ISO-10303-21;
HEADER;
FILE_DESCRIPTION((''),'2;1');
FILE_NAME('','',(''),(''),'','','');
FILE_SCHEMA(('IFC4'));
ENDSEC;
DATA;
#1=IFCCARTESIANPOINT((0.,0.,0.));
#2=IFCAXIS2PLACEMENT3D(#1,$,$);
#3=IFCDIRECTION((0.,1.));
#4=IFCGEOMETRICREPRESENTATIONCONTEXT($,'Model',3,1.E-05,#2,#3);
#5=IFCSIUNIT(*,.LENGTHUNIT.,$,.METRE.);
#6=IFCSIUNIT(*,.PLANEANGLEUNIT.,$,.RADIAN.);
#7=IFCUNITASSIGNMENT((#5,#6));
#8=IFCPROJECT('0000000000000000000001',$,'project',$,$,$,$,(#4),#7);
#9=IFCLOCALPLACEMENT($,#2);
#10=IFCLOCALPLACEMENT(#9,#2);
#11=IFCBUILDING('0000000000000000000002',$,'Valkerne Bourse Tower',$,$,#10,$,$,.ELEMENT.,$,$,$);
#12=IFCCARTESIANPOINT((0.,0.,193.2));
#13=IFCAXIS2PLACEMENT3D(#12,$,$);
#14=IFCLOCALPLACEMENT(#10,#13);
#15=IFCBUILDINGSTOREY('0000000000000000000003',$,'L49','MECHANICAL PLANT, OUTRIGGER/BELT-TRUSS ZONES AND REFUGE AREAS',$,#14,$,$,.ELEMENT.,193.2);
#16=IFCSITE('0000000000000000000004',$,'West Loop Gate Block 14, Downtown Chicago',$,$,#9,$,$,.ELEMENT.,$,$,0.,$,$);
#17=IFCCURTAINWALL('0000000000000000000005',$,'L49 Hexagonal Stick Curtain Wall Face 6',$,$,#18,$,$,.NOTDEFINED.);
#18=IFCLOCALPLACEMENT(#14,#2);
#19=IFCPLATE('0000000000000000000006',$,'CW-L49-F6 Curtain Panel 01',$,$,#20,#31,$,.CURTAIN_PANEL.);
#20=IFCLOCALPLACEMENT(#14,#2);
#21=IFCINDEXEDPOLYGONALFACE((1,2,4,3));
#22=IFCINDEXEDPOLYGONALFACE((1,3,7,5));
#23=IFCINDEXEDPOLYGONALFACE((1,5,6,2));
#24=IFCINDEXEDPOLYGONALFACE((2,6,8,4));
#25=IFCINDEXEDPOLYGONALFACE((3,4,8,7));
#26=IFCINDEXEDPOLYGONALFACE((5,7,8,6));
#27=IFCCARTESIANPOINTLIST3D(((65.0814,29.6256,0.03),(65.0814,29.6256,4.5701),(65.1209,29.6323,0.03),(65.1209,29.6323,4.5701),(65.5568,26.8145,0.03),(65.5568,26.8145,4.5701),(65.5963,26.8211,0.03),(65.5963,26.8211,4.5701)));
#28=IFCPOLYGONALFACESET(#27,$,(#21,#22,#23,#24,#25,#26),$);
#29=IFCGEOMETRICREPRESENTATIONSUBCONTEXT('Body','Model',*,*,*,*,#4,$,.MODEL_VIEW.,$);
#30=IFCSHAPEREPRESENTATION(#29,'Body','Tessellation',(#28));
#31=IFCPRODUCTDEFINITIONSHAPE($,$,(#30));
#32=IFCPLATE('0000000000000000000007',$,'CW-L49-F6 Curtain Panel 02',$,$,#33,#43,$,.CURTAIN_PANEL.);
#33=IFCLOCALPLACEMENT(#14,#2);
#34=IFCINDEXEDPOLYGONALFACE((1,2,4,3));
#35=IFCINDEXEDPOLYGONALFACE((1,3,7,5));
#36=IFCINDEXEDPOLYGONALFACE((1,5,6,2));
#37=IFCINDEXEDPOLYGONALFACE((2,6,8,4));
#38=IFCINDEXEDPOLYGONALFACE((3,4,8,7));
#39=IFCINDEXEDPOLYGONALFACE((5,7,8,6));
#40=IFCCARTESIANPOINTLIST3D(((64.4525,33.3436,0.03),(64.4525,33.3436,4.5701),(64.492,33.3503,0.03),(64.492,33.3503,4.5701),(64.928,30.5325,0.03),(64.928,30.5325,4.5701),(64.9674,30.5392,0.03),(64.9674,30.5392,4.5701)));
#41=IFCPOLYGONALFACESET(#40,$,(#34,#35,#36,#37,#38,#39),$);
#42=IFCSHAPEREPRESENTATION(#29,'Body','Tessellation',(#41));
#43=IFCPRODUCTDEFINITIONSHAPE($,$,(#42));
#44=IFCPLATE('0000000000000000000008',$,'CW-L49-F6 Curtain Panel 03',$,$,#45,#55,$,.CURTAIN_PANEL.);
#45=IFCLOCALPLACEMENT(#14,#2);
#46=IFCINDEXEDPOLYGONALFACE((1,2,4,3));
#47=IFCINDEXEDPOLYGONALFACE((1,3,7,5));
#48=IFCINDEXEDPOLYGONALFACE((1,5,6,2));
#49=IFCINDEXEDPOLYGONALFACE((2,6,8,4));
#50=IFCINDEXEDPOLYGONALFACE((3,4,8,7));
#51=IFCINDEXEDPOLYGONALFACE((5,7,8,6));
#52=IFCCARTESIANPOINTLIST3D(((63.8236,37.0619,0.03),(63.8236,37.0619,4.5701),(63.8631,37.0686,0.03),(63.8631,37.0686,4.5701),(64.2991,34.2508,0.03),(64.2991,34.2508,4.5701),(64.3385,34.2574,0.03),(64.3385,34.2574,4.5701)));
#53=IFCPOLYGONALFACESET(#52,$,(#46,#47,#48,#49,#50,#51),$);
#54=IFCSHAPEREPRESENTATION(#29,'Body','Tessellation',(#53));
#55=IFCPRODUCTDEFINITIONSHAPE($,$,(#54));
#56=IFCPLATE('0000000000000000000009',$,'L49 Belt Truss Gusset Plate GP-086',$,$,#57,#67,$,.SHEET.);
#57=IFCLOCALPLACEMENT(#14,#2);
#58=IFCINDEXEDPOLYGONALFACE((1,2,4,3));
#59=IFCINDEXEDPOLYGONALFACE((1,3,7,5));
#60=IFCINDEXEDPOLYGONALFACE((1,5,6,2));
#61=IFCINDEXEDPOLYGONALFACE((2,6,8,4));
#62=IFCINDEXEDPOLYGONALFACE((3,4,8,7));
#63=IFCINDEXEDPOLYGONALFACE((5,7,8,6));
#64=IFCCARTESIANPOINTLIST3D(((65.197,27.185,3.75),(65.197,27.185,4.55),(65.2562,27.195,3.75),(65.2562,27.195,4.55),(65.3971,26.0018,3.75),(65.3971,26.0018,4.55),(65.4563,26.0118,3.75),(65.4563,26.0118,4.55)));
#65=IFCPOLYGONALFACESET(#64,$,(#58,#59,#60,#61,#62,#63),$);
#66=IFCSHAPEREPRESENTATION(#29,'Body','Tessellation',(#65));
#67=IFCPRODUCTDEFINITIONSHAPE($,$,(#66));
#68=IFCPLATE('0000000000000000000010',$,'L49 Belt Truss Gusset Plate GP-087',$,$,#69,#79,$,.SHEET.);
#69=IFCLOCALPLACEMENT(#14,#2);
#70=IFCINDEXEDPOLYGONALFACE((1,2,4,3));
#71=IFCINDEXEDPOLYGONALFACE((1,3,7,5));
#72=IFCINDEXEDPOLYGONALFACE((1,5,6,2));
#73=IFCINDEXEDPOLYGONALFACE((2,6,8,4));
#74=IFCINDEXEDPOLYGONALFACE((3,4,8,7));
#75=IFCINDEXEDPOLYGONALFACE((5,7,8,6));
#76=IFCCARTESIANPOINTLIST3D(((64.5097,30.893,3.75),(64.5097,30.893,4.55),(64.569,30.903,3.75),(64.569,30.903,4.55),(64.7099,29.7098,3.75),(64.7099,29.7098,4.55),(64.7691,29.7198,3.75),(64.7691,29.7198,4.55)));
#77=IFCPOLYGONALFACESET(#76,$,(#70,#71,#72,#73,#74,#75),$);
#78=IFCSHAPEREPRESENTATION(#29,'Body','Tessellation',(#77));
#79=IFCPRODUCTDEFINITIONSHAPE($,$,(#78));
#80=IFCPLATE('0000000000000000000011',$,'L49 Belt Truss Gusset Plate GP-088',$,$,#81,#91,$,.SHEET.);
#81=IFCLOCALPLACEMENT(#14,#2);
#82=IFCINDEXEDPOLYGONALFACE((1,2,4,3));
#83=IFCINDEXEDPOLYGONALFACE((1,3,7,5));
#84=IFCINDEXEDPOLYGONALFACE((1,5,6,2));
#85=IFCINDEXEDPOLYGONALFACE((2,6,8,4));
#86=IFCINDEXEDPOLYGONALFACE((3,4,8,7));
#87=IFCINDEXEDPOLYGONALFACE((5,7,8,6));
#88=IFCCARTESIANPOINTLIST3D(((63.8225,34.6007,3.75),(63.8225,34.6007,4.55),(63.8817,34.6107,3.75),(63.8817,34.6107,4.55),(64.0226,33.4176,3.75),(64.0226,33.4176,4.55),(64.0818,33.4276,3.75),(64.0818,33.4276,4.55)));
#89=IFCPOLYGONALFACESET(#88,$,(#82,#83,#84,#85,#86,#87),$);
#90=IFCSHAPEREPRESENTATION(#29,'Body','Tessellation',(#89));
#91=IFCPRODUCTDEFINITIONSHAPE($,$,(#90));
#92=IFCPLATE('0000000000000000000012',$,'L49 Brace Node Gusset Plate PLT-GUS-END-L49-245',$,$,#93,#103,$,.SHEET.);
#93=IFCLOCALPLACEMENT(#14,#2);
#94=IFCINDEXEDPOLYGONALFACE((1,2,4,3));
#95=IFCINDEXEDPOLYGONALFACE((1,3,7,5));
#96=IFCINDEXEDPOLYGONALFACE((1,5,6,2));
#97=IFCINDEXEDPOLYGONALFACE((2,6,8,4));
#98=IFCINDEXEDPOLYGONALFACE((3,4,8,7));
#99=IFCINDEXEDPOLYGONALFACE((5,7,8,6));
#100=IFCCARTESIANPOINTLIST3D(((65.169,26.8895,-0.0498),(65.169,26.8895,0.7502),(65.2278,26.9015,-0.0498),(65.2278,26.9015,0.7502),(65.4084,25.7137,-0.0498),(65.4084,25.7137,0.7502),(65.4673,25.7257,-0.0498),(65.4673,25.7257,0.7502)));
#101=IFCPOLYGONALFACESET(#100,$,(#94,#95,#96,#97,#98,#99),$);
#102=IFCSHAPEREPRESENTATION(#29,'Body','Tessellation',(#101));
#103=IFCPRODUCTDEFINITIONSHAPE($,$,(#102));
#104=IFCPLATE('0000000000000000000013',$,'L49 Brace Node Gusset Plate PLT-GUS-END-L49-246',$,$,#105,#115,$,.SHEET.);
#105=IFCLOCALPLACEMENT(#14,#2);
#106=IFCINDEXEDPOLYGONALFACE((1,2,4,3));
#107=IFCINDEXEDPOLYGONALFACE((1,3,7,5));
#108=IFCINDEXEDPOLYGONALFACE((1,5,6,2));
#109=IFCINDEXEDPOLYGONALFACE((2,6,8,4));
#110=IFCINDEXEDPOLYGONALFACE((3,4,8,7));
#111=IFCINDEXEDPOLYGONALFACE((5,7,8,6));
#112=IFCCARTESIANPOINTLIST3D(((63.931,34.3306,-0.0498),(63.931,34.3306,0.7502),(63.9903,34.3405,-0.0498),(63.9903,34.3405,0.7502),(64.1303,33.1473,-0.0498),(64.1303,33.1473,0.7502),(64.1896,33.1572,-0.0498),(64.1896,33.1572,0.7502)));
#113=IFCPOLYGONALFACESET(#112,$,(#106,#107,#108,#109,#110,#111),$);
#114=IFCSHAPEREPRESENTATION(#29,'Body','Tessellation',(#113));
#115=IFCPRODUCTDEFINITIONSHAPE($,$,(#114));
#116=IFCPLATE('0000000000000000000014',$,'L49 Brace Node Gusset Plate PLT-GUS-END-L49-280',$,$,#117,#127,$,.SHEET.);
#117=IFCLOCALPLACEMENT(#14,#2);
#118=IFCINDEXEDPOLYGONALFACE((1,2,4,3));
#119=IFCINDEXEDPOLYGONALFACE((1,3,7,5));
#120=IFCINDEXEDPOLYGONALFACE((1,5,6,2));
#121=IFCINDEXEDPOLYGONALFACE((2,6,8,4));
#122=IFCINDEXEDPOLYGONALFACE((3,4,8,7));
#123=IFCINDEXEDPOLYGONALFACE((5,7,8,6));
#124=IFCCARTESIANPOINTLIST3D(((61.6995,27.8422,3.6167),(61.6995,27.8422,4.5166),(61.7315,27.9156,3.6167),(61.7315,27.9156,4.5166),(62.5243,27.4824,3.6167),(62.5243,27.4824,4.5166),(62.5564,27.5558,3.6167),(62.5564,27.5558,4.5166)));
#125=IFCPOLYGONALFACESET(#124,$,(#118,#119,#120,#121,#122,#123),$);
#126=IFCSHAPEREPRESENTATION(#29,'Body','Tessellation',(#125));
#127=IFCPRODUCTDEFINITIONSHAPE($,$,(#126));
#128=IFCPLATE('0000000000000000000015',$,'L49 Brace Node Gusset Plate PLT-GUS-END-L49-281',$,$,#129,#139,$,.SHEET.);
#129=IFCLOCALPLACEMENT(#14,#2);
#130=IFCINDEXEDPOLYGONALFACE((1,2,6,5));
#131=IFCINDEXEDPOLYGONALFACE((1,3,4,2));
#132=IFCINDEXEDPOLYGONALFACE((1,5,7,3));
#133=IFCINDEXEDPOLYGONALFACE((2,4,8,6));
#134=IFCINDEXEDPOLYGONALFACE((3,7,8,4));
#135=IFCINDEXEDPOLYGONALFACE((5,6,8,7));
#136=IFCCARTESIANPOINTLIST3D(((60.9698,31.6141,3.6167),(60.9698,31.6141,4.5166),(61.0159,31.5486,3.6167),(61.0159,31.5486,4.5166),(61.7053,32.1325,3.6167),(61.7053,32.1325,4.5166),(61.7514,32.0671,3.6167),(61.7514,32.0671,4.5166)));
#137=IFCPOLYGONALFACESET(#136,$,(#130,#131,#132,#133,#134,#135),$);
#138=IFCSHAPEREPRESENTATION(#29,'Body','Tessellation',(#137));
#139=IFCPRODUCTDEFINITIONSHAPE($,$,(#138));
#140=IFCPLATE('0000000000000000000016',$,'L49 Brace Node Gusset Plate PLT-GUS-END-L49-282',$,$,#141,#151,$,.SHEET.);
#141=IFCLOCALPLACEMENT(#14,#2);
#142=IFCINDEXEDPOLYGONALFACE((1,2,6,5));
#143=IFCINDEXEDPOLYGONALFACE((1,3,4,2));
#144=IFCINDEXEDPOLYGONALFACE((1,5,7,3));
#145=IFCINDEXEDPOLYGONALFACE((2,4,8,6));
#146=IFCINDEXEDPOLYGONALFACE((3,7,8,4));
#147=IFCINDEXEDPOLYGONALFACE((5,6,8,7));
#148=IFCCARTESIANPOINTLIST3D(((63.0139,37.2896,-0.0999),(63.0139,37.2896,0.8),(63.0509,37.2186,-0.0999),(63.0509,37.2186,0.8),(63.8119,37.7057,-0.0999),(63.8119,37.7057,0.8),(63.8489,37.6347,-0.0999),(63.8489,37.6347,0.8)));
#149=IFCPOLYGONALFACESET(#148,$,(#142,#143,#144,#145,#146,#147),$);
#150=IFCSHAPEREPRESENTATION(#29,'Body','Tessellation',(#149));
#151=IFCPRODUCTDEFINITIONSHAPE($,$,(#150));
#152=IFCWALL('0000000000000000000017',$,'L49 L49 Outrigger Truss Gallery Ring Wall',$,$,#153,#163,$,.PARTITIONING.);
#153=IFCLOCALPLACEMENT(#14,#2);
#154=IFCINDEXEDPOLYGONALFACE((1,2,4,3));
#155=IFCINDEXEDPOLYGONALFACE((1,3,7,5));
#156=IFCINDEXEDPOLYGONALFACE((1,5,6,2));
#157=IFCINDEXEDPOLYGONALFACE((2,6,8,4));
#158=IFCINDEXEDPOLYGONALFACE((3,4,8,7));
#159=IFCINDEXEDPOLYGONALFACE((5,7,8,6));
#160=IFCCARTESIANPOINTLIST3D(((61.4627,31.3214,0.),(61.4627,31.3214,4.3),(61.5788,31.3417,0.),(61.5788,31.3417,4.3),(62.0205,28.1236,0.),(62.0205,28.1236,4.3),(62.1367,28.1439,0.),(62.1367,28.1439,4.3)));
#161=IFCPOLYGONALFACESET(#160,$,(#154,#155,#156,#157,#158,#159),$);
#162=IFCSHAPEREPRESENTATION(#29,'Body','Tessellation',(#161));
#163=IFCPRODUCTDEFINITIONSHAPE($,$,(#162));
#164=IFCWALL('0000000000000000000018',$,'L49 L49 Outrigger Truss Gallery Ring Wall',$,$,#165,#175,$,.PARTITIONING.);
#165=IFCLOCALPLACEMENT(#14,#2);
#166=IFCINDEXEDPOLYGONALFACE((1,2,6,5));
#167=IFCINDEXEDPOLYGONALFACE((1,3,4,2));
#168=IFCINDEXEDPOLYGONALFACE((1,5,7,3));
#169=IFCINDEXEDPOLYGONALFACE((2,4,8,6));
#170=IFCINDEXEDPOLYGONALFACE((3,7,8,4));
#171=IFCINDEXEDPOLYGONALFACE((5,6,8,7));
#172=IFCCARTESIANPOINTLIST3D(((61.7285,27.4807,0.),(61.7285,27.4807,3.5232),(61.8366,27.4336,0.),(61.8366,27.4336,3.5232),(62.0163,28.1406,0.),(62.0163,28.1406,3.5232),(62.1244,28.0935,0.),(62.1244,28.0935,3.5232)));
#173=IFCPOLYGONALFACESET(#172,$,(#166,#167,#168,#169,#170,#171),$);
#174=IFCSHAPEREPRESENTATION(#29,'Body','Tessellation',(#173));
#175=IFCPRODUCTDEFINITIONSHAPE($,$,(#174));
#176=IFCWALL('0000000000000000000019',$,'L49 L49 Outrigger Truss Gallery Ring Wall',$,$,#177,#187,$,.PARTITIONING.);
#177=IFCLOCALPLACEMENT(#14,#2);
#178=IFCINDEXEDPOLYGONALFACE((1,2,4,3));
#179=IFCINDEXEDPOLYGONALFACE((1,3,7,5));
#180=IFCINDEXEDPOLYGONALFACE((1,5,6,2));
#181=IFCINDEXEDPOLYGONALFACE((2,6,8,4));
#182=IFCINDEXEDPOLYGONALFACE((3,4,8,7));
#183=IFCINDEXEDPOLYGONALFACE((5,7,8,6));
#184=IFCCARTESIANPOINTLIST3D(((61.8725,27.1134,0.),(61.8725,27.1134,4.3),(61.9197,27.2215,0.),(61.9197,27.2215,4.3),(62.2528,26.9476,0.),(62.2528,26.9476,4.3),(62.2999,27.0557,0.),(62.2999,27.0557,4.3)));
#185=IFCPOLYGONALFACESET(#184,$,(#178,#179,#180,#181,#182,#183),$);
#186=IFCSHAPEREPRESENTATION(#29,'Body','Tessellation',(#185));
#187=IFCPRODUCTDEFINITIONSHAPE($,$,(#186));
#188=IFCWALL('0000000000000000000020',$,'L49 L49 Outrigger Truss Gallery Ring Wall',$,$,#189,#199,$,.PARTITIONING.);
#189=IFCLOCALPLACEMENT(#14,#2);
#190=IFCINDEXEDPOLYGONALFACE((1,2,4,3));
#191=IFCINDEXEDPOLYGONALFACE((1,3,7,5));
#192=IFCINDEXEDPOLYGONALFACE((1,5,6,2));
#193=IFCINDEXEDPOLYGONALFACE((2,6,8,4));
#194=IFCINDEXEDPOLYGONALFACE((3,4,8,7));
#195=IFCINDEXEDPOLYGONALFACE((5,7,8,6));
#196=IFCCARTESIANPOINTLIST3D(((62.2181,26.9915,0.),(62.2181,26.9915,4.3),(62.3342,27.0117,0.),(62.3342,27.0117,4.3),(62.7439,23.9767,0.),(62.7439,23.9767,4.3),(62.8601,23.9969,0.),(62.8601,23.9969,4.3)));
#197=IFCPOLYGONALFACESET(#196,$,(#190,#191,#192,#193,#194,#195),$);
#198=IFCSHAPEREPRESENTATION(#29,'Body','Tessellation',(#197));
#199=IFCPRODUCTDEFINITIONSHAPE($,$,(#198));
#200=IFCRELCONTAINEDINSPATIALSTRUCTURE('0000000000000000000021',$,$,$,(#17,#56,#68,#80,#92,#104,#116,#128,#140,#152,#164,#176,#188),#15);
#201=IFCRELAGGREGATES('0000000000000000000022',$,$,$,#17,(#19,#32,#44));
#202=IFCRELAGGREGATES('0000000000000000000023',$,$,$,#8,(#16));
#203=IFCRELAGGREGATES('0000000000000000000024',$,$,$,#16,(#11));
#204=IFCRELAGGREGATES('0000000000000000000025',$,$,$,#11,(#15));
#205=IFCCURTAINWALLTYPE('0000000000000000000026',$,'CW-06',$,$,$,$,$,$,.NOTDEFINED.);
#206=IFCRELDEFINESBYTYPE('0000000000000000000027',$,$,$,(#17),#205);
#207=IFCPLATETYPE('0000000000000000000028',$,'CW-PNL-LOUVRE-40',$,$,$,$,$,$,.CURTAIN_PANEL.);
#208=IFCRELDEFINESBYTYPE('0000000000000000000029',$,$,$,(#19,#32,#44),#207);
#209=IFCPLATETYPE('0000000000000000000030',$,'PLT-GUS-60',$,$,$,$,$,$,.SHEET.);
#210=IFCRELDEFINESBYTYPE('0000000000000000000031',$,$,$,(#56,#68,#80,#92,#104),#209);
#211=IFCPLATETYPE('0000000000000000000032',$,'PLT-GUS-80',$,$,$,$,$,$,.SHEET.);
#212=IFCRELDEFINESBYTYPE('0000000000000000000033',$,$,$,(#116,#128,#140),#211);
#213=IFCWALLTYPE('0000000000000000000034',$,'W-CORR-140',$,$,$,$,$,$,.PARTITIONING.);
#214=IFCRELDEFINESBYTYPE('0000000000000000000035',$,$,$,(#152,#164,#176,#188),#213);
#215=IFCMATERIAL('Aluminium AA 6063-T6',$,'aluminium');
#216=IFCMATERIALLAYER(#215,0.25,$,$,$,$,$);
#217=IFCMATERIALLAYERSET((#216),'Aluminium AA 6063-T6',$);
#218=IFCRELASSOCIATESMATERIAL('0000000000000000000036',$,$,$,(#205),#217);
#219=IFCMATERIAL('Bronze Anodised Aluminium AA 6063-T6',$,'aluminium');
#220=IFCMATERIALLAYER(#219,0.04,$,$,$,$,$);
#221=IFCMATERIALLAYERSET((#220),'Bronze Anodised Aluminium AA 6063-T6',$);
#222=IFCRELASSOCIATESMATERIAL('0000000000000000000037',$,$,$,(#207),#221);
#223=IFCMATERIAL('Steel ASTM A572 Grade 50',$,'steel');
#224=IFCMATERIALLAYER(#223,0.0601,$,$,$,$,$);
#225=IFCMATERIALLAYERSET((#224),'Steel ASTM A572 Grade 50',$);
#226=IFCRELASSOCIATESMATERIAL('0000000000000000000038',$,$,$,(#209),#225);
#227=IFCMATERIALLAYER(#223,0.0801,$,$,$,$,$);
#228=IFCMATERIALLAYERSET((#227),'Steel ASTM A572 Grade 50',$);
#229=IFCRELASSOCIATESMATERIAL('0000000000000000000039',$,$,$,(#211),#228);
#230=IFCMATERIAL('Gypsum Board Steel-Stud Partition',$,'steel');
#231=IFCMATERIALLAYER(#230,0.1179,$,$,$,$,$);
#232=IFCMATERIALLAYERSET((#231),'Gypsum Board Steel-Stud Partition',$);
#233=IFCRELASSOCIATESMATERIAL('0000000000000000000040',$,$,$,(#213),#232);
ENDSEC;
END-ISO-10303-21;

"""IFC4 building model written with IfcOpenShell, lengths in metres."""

from ifc_helpers import new_model, si_unit, direction, frame, frame_2d, origin, origin_2d, place, context, subcontext, project, spatial, rectangle, extrude, material, layer, layer_set, type_object, element, aggregate, save


model = new_model("IFC4")

# Units and contexts
model_context = context("Model", 3, precision=1e-05, world=origin(), true_north=direction((0.0, 1.0)))
body_context = subcontext(model_context, "Body", "Model", "MODEL_VIEW")
ifc_project = project(units=[si_unit("LENGTHUNIT", "METRE"), si_unit("PLANEANGLEUNIT", "RADIAN")], contexts=[model_context])

# Site, building, storey
site_placement = place(None, origin())
site = spatial("IfcSite", under=ifc_project, at=site_placement, Name="West Loop Gate Block 14, Downtown Chicago", CompositionType="ELEMENT", RefElevation=0.0)
building_placement = place(site_placement, origin())
building = spatial("IfcBuilding", under=site, at=building_placement, Name="Valkerne Bourse Tower", CompositionType="ELEMENT")
storey_placement = place(building_placement, frame((0.0, 0.0, 193.2)))
storey = spatial("IfcBuildingStorey", under=building, at=storey_placement, Name="L49", Description="MECHANICAL PLANT, OUTRIGGER/BELT-TRUSS ZONES AND REFUGE AREAS", CompositionType="ELEMENT", Elevation=193.2)

# Curtain wall
ifc_material_1 = material(Name="Aluminium AA 6063-T6", Category="aluminium")
ifc_layer_1 = layer(ifc_material_1, 0.25)
ifc_layer_set_1 = layer_set([ifc_layer_1], Name="Aluminium AA 6063-T6")
curtain_wall_type = type_object("IfcCurtainWallType", Name="CW-06", PredefinedType="NOTDEFINED", material=ifc_layer_set_1)
curtain_wall_placement = place(storey_placement, origin())
curtain_wall = element("IfcCurtainWall", 1, at=curtain_wall_placement, inside=storey, type_object=curtain_wall_type, Name="L49 Hexagonal Stick Curtain Wall Face 6", PredefinedType="NOTDEFINED")

# Plates
ifc_material_2 = material(Name="Bronze Anodised Aluminium AA 6063-T6", Category="aluminium")
ifc_layer_2 = layer(ifc_material_2, 0.04)
ifc_layer_set_2 = layer_set([ifc_layer_2], Name="Bronze Anodised Aluminium AA 6063-T6")
plate_type_1 = type_object("IfcPlateType", Name="CW-PNL-LOUVRE-40", PredefinedType="CURTAIN_PANEL", material=ifc_layer_set_2)
plate_1_placement = place(storey_placement, frame((65.3389, 28.2234, 0.03), z_axis=(0.0, 0.0, 1.0), x_axis=(-0.166746, 0.986, 0.0)))
plate_1 = element("IfcPlate", 2, at=plate_1_placement, type_object=plate_type_1, Name="CW-L49-F6 Curtain Panel 01", PredefinedType="CURTAIN_PANEL", context=body_context, shape_type="SweptSolid", body=[
    extrude(rectangle(XDim=2.8511, YDim=0.04, at=origin_2d()), origin(), (0.0, 0.0, 1.0), 4.54),
])
plate_2_placement = place(storey_placement, frame((64.71, 31.9414, 0.03), z_axis=(0.0, 0.0, 1.0), x_axis=(-0.166772, 0.985995, 0.0)))
plate_2 = element("IfcPlate", 3, at=plate_2_placement, type_object=plate_type_1, Name="CW-L49-F6 Curtain Panel 02", PredefinedType="CURTAIN_PANEL", context=body_context, shape_type="SweptSolid", body=[
    extrude(rectangle(XDim=2.8511, YDim=0.04, at=origin_2d()), origin(), (0.0, 0.0, 1.0), 4.54),
])
plate_3_placement = place(storey_placement, frame((64.0811, 35.6597, 0.03), z_axis=(0.0, 0.0, 1.0), x_axis=(-0.166772, 0.985995, 0.0)))
plate_3 = element("IfcPlate", 4, at=plate_3_placement, type_object=plate_type_1, Name="CW-L49-F6 Curtain Panel 03", PredefinedType="CURTAIN_PANEL", context=body_context, shape_type="SweptSolid", body=[
    extrude(rectangle(XDim=2.8511, YDim=0.04, at=origin_2d()), origin(), (0.0, 0.0, 1.0), 4.54),
])
aggregate(curtain_wall, [plate_1, plate_2, plate_3])

# Plates
ifc_material_3 = material(Name="Steel ASTM A572 Grade 50", Category="steel")
ifc_layer_3 = layer(ifc_material_3, 0.0601)
ifc_layer_set_3 = layer_set([ifc_layer_3], Name="Steel ASTM A572 Grade 50")
plate_type_2 = type_object("IfcPlateType", Name="PLT-GUS-60", PredefinedType="SHEET", material=ifc_layer_set_3)
for number, where, z_axis, x_axis, name in (
    (5, (65.3267, 26.5984, 3.75), (0.0, 0.0, 1.0), (-0.166769, 0.985996, 0.0), "L49 Belt Truss Gusset Plate GP-086"),
    (6, (64.6394, 30.3064, 3.75), (0.0, 0.0, 1.0), (-0.166769, 0.985996, 0.0), "L49 Belt Truss Gusset Plate GP-087"),
    (7, (63.9521, 34.0142, 3.75), (0.0, 0.0, 1.0), (-0.166769, 0.985996, 0.0), "L49 Belt Truss Gusset Plate GP-088"),
    (8, (65.3181, 26.3076, -0.0498), (0.0, 0.0, 1.0), (0.199539, -0.97989, 0.0), "L49 Brace Node Gusset Plate PLT-GUS-END-L49-245"),
    (9, (64.0603, 33.7439, -0.0498), (0.0, 0.0, 1.0), (0.16608, -0.986112, 0.0), "L49 Brace Node Gusset Plate PLT-GUS-END-L49-246"),
):
    element("IfcPlate", number, at=place(storey_placement, frame(where, z_axis=z_axis, x_axis=x_axis)), inside=storey, type_object=plate_type_2, Name=name, PredefinedType="SHEET", context=body_context, shape_type="SweptSolid", body=[
        extrude(rectangle(XDim=1.2, YDim=0.0601, at=origin_2d()), origin(), (0.0, 0.0, 1.0), 0.8),
    ])
ifc_layer_4 = layer(ifc_material_3, 0.0801)
ifc_layer_set_4 = layer_set([ifc_layer_4], Name="Steel ASTM A572 Grade 50")
plate_type_3 = type_object("IfcPlateType", Name="PLT-GUS-80", PredefinedType="SHEET", material=ifc_layer_set_4)
for number, where, z_axis, x_axis, name in (
    (10, (62.1279, 27.699, 3.6167), (0.0, 0.0, 1.0), (-0.916572, 0.399869, 0.0), "L49 Brace Node Gusset Plate PLT-GUS-END-L49-280"),
    (11, (61.3606, 31.8406, 3.6167), (0.0, 0.0, 1.0), (-0.817346, -0.576147, 0.0), "L49 Brace Node Gusset Plate PLT-GUS-END-L49-281"),
    (12, (63.4314, 37.4622, -0.0999), (0.0, 0.0, 1.0), (-0.886688, -0.462368, 0.0), "L49 Brace Node Gusset Plate PLT-GUS-END-L49-282"),
):
    element("IfcPlate", number, at=place(storey_placement, frame(where, z_axis=z_axis, x_axis=x_axis)), inside=storey, type_object=plate_type_3, Name=name, PredefinedType="SHEET", context=body_context, shape_type="SweptSolid", body=[
        extrude(rectangle(XDim=0.8999, YDim=0.0801, at=origin_2d()), origin(), (0.0, 0.0, 1.0), 0.8999),
    ])

# Walls
ifc_material_4 = material(Name="Gypsum Board Steel-Stud Partition", Category="steel")
ifc_layer_5 = layer(ifc_material_4, 0.1179)
ifc_layer_set_5 = layer_set([ifc_layer_5], Name="Gypsum Board Steel-Stud Partition")
wall_type = type_object("IfcWallType", Name="W-CORR-140", PredefinedType="PARTITIONING", material=ifc_layer_set_5)
wall_1_placement = place(storey_placement, frame((61.5208, 31.3315, 0.0), z_axis=(0.0, 0.0, 1.0), x_axis=(0.171859, -0.985122, 0.0)))
element("IfcWall", 13, at=wall_1_placement, inside=storey, type_object=wall_type, Name="L49 L49 Outrigger Truss Gallery Ring Wall", PredefinedType="PARTITIONING", context=body_context, shape_type="SweptSolid", body=[
    extrude(rectangle(XDim=3.2461, YDim=0.1179, at=frame_2d((1.623, 0.0))), origin(), (0.0, 0.0, 1.0), 4.3),
])
wall_2_placement = place(storey_placement, frame((62.0703, 28.1169, 0.0), z_axis=(0.0, 0.0, 1.0), x_axis=(-0.399805, -0.9166, 0.0)))
element("IfcWall", 14, at=wall_2_placement, inside=storey, type_object=wall_type, Name="L49 L49 Outrigger Truss Gallery Ring Wall", PredefinedType="PARTITIONING", context=body_context, shape_type="SweptSolid", body=[
    extrude(rectangle(XDim=0.72, YDim=0.1179, at=frame_2d((0.3599, 0.0))), origin(), (0.0, 0.0, 1.0), 3.5232),
])
wall_3_placement = place(storey_placement, frame((61.896, 27.1675, 0.0), z_axis=(0.0, 0.0, 1.0), x_axis=(0.91663, -0.399738, 0.0)))
element("IfcWall", 15, at=wall_3_placement, inside=storey, type_object=wall_type, Name="L49 L49 Outrigger Truss Gallery Ring Wall", PredefinedType="PARTITIONING", context=body_context, shape_type="SweptSolid", body=[
    extrude(rectangle(XDim=0.4148, YDim=0.1179, at=frame_2d((0.2075, 0.0))), origin(), (0.0, 0.0, 1.0), 4.3),
])
wall_4_placement = place(storey_placement, frame((62.2761, 27.0017, 0.0), z_axis=(0.0, 0.0, 1.0), x_axis=(0.171833, -0.985126, 0.0)))
element("IfcWall", 16, at=wall_4_placement, inside=storey, type_object=wall_type, Name="L49 L49 Outrigger Truss Gallery Ring Wall", PredefinedType="PARTITIONING", context=body_context, shape_type="SweptSolid", body=[
    extrude(rectangle(XDim=3.0603, YDim=0.1179, at=frame_2d((1.5303, 0.0))), origin(), (0.0, 0.0, 1.0), 4.3),
])

save(model, "model.ifc")
